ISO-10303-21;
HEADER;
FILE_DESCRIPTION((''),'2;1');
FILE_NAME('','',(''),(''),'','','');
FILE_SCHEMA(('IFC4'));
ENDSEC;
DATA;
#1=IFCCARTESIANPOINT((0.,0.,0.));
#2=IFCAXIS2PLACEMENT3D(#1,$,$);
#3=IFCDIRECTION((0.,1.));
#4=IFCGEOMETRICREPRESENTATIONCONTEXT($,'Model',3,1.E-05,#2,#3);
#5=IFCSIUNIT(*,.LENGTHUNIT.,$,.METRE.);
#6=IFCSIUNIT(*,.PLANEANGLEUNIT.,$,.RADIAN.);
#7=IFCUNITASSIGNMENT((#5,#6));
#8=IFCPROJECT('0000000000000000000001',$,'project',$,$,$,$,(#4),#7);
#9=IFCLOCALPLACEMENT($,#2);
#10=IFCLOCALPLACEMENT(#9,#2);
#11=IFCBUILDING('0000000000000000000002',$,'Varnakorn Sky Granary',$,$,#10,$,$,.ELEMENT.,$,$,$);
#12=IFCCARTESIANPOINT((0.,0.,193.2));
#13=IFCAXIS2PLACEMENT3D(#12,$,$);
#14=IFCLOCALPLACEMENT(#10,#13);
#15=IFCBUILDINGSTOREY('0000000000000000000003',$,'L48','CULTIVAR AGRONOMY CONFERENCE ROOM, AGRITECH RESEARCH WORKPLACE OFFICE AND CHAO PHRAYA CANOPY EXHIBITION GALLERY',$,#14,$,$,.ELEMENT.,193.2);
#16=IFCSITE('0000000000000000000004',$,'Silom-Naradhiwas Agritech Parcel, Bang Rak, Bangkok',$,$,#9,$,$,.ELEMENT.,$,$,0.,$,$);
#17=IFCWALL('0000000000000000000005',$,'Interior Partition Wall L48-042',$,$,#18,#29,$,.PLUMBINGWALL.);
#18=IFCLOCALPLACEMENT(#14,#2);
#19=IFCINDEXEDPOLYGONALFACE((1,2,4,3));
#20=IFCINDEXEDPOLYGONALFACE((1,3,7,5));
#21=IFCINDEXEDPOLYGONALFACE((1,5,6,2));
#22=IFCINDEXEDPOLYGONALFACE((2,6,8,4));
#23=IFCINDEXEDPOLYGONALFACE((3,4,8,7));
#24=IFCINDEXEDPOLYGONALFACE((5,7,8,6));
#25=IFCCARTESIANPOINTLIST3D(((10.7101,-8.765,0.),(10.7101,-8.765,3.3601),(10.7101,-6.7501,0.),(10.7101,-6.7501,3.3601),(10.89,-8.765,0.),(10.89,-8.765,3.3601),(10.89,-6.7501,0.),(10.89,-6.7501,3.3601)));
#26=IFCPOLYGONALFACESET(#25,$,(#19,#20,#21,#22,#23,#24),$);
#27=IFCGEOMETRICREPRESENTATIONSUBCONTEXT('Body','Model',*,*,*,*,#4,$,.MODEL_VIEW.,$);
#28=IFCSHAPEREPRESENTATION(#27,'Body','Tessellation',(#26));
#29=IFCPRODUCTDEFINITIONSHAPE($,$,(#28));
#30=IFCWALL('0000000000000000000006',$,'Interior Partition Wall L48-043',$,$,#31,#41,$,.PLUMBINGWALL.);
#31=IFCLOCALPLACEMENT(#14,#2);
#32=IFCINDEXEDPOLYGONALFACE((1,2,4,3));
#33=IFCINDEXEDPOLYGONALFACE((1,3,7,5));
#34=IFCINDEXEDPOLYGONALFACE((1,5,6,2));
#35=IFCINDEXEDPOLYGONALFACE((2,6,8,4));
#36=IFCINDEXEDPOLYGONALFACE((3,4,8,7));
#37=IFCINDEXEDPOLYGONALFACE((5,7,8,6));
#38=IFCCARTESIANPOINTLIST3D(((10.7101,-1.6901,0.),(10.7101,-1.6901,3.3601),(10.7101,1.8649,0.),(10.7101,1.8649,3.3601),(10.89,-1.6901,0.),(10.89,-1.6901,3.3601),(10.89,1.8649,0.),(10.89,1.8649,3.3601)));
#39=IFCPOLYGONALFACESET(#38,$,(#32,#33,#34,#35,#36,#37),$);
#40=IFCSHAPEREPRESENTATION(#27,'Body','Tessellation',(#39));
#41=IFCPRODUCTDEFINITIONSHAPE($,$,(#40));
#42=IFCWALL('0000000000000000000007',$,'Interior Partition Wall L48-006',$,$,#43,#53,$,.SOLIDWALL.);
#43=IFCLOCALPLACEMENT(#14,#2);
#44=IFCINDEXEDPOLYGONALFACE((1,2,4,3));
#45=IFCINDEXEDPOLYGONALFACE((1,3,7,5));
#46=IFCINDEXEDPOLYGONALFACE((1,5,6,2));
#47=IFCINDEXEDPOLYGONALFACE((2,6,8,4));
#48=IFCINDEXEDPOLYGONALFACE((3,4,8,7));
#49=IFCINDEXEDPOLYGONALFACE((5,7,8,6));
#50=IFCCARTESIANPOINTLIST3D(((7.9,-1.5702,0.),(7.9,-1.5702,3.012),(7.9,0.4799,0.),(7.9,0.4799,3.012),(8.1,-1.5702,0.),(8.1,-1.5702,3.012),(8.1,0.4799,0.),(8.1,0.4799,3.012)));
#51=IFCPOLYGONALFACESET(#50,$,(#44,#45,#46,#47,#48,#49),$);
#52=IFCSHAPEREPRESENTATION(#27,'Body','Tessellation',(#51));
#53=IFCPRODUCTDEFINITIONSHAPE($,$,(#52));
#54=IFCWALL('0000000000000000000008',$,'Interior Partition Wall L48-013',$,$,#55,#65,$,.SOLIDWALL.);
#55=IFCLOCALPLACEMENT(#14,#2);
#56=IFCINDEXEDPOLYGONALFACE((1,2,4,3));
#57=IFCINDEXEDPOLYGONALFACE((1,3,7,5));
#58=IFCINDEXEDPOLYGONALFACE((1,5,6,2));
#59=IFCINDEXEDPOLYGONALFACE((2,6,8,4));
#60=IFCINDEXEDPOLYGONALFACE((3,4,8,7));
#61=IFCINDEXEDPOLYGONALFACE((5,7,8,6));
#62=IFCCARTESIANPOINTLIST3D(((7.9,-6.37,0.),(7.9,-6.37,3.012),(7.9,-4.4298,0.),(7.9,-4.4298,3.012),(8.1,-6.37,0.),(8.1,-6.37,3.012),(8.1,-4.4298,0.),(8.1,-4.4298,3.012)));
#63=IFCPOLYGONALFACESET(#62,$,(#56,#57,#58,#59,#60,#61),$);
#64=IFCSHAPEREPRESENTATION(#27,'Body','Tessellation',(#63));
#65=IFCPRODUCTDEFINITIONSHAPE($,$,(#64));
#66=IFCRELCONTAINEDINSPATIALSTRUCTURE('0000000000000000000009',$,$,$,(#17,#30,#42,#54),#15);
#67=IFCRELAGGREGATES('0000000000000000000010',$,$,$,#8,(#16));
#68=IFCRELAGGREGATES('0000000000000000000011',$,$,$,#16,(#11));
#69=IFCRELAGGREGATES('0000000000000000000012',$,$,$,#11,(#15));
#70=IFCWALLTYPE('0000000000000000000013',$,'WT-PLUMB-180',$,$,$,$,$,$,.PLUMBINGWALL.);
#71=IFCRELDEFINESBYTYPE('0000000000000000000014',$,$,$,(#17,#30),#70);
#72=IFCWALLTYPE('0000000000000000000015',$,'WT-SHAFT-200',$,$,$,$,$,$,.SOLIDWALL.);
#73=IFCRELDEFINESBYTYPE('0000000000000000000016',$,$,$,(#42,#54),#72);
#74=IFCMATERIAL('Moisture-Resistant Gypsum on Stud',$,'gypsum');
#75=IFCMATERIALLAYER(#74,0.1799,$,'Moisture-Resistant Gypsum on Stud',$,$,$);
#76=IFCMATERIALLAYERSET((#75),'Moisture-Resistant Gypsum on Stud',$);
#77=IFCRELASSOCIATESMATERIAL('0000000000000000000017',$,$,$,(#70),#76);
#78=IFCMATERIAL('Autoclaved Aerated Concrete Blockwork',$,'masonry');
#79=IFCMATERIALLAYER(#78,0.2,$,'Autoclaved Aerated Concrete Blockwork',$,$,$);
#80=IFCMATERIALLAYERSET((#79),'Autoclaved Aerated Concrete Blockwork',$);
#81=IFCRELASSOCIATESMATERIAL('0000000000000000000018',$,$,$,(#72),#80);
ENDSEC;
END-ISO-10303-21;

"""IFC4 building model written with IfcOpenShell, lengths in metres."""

from ifc_helpers import new_model, si_unit, direction, frame, frame_2d, origin, place, context, subcontext, project, spatial, rectangle, extrude, material, layer, layer_set, type_object, element, save


model = new_model("IFC4")

# Units and contexts
model_context = context("Model", 3, precision=1e-05, world=origin(), true_north=direction((0.0, 1.0)))
body_context = subcontext(model_context, "Body", "Model", "MODEL_VIEW")
ifc_project = project(units=[si_unit("LENGTHUNIT", "METRE"), si_unit("PLANEANGLEUNIT", "RADIAN")], contexts=[model_context])

# Site, building, storey
site_placement = place(None, origin())
site = spatial("IfcSite", under=ifc_project, at=site_placement, Name="Silom-Naradhiwas Agritech Parcel, Bang Rak, Bangkok", CompositionType="ELEMENT", RefElevation=0.0)
building_placement = place(site_placement, origin())
building = spatial("IfcBuilding", under=site, at=building_placement, Name="Varnakorn Sky Granary", CompositionType="ELEMENT")
storey_placement = place(building_placement, frame((0.0, 0.0, 193.2)))
storey = spatial("IfcBuildingStorey", under=building, at=storey_placement, Name="L48", Description="CULTIVAR AGRONOMY CONFERENCE ROOM, AGRITECH RESEARCH WORKPLACE OFFICE AND CHAO PHRAYA CANOPY EXHIBITION GALLERY", CompositionType="ELEMENT", Elevation=193.2)

# Shared definitions
ifc_material_1 = material(Name="Autoclaved Aerated Concrete Blockwork", Category="masonry")

# Shared definitions
ifc_material_2 = material(Name="Moisture-Resistant Gypsum on Stud", Category="gypsum")
ifc_layer_1 = layer(ifc_material_2, 0.1799, Name="Moisture-Resistant Gypsum on Stud")
ifc_layer_set_1 = layer_set([ifc_layer_1], Name="Moisture-Resistant Gypsum on Stud")
wall_type_1 = type_object("IfcWallType", Name="WT-PLUMB-180", PredefinedType="PLUMBINGWALL", material=ifc_layer_set_1)

# Walls
wall_1_placement = place(storey_placement, frame((10.8, -8.7649, 0.0), z_axis=(0.0, 0.0, 1.0), x_axis=(0.0, 1.0, 0.0)))
element("IfcWall", 1, at=wall_1_placement, inside=storey, type_object=wall_type_1, Name="Interior Partition Wall L48-042", PredefinedType="PLUMBINGWALL", context=body_context, shape_type="SweptSolid", body=[
    extrude(rectangle(XDim=2.0149, YDim=0.1799, at=frame_2d((1.0073, 0.0))), origin(), (0.0, 0.0, 1.0), 3.3601),
])
wall_2_placement = place(storey_placement, frame((10.8, -1.6899, 0.0), z_axis=(0.0, 0.0, 1.0), x_axis=(0.0, 1.0, 0.0)))
element("IfcWall", 2, at=wall_2_placement, inside=storey, type_object=wall_type_1, Name="Interior Partition Wall L48-043", PredefinedType="PLUMBINGWALL", context=body_context, shape_type="SweptSolid", body=[
    extrude(rectangle(XDim=3.5549, YDim=0.1799, at=frame_2d((1.7773, 0.0))), origin(), (0.0, 0.0, 1.0), 3.3601),
])
ifc_layer_2 = layer(ifc_material_1, 0.2, Name="Autoclaved Aerated Concrete Blockwork")
ifc_layer_set_2 = layer_set([ifc_layer_2], Name="Autoclaved Aerated Concrete Blockwork")
wall_type_2 = type_object("IfcWallType", Name="WT-SHAFT-200", PredefinedType="SOLIDWALL", material=ifc_layer_set_2)
wall_3_placement = place(storey_placement, frame((8.0, -1.5701, 0.0), z_axis=(0.0, 0.0, 1.0), x_axis=(0.0, 1.0, 0.0)))
element("IfcWall", 3, at=wall_3_placement, inside=storey, type_object=wall_type_2, Name="Interior Partition Wall L48-006", PredefinedType="SOLIDWALL", context=body_context, shape_type="SweptSolid", body=[
    extrude(rectangle(XDim=2.05, YDim=0.2, at=frame_2d((1.0249, 0.0))), origin(), (0.0, 0.0, 1.0), 3.012),
])
wall_4_placement = place(storey_placement, frame((8.0, -6.3701, 0.0), z_axis=(0.0, 0.0, 1.0), x_axis=(0.0, 1.0, 0.0)))
element("IfcWall", 4, at=wall_4_placement, inside=storey, type_object=wall_type_2, Name="Interior Partition Wall L48-013", PredefinedType="SOLIDWALL", context=body_context, shape_type="SweptSolid", body=[
    extrude(rectangle(XDim=1.9402, YDim=0.2, at=frame_2d((0.9702, 0.0))), origin(), (0.0, 0.0, 1.0), 3.012),
])

save(model, "model.ifc")
